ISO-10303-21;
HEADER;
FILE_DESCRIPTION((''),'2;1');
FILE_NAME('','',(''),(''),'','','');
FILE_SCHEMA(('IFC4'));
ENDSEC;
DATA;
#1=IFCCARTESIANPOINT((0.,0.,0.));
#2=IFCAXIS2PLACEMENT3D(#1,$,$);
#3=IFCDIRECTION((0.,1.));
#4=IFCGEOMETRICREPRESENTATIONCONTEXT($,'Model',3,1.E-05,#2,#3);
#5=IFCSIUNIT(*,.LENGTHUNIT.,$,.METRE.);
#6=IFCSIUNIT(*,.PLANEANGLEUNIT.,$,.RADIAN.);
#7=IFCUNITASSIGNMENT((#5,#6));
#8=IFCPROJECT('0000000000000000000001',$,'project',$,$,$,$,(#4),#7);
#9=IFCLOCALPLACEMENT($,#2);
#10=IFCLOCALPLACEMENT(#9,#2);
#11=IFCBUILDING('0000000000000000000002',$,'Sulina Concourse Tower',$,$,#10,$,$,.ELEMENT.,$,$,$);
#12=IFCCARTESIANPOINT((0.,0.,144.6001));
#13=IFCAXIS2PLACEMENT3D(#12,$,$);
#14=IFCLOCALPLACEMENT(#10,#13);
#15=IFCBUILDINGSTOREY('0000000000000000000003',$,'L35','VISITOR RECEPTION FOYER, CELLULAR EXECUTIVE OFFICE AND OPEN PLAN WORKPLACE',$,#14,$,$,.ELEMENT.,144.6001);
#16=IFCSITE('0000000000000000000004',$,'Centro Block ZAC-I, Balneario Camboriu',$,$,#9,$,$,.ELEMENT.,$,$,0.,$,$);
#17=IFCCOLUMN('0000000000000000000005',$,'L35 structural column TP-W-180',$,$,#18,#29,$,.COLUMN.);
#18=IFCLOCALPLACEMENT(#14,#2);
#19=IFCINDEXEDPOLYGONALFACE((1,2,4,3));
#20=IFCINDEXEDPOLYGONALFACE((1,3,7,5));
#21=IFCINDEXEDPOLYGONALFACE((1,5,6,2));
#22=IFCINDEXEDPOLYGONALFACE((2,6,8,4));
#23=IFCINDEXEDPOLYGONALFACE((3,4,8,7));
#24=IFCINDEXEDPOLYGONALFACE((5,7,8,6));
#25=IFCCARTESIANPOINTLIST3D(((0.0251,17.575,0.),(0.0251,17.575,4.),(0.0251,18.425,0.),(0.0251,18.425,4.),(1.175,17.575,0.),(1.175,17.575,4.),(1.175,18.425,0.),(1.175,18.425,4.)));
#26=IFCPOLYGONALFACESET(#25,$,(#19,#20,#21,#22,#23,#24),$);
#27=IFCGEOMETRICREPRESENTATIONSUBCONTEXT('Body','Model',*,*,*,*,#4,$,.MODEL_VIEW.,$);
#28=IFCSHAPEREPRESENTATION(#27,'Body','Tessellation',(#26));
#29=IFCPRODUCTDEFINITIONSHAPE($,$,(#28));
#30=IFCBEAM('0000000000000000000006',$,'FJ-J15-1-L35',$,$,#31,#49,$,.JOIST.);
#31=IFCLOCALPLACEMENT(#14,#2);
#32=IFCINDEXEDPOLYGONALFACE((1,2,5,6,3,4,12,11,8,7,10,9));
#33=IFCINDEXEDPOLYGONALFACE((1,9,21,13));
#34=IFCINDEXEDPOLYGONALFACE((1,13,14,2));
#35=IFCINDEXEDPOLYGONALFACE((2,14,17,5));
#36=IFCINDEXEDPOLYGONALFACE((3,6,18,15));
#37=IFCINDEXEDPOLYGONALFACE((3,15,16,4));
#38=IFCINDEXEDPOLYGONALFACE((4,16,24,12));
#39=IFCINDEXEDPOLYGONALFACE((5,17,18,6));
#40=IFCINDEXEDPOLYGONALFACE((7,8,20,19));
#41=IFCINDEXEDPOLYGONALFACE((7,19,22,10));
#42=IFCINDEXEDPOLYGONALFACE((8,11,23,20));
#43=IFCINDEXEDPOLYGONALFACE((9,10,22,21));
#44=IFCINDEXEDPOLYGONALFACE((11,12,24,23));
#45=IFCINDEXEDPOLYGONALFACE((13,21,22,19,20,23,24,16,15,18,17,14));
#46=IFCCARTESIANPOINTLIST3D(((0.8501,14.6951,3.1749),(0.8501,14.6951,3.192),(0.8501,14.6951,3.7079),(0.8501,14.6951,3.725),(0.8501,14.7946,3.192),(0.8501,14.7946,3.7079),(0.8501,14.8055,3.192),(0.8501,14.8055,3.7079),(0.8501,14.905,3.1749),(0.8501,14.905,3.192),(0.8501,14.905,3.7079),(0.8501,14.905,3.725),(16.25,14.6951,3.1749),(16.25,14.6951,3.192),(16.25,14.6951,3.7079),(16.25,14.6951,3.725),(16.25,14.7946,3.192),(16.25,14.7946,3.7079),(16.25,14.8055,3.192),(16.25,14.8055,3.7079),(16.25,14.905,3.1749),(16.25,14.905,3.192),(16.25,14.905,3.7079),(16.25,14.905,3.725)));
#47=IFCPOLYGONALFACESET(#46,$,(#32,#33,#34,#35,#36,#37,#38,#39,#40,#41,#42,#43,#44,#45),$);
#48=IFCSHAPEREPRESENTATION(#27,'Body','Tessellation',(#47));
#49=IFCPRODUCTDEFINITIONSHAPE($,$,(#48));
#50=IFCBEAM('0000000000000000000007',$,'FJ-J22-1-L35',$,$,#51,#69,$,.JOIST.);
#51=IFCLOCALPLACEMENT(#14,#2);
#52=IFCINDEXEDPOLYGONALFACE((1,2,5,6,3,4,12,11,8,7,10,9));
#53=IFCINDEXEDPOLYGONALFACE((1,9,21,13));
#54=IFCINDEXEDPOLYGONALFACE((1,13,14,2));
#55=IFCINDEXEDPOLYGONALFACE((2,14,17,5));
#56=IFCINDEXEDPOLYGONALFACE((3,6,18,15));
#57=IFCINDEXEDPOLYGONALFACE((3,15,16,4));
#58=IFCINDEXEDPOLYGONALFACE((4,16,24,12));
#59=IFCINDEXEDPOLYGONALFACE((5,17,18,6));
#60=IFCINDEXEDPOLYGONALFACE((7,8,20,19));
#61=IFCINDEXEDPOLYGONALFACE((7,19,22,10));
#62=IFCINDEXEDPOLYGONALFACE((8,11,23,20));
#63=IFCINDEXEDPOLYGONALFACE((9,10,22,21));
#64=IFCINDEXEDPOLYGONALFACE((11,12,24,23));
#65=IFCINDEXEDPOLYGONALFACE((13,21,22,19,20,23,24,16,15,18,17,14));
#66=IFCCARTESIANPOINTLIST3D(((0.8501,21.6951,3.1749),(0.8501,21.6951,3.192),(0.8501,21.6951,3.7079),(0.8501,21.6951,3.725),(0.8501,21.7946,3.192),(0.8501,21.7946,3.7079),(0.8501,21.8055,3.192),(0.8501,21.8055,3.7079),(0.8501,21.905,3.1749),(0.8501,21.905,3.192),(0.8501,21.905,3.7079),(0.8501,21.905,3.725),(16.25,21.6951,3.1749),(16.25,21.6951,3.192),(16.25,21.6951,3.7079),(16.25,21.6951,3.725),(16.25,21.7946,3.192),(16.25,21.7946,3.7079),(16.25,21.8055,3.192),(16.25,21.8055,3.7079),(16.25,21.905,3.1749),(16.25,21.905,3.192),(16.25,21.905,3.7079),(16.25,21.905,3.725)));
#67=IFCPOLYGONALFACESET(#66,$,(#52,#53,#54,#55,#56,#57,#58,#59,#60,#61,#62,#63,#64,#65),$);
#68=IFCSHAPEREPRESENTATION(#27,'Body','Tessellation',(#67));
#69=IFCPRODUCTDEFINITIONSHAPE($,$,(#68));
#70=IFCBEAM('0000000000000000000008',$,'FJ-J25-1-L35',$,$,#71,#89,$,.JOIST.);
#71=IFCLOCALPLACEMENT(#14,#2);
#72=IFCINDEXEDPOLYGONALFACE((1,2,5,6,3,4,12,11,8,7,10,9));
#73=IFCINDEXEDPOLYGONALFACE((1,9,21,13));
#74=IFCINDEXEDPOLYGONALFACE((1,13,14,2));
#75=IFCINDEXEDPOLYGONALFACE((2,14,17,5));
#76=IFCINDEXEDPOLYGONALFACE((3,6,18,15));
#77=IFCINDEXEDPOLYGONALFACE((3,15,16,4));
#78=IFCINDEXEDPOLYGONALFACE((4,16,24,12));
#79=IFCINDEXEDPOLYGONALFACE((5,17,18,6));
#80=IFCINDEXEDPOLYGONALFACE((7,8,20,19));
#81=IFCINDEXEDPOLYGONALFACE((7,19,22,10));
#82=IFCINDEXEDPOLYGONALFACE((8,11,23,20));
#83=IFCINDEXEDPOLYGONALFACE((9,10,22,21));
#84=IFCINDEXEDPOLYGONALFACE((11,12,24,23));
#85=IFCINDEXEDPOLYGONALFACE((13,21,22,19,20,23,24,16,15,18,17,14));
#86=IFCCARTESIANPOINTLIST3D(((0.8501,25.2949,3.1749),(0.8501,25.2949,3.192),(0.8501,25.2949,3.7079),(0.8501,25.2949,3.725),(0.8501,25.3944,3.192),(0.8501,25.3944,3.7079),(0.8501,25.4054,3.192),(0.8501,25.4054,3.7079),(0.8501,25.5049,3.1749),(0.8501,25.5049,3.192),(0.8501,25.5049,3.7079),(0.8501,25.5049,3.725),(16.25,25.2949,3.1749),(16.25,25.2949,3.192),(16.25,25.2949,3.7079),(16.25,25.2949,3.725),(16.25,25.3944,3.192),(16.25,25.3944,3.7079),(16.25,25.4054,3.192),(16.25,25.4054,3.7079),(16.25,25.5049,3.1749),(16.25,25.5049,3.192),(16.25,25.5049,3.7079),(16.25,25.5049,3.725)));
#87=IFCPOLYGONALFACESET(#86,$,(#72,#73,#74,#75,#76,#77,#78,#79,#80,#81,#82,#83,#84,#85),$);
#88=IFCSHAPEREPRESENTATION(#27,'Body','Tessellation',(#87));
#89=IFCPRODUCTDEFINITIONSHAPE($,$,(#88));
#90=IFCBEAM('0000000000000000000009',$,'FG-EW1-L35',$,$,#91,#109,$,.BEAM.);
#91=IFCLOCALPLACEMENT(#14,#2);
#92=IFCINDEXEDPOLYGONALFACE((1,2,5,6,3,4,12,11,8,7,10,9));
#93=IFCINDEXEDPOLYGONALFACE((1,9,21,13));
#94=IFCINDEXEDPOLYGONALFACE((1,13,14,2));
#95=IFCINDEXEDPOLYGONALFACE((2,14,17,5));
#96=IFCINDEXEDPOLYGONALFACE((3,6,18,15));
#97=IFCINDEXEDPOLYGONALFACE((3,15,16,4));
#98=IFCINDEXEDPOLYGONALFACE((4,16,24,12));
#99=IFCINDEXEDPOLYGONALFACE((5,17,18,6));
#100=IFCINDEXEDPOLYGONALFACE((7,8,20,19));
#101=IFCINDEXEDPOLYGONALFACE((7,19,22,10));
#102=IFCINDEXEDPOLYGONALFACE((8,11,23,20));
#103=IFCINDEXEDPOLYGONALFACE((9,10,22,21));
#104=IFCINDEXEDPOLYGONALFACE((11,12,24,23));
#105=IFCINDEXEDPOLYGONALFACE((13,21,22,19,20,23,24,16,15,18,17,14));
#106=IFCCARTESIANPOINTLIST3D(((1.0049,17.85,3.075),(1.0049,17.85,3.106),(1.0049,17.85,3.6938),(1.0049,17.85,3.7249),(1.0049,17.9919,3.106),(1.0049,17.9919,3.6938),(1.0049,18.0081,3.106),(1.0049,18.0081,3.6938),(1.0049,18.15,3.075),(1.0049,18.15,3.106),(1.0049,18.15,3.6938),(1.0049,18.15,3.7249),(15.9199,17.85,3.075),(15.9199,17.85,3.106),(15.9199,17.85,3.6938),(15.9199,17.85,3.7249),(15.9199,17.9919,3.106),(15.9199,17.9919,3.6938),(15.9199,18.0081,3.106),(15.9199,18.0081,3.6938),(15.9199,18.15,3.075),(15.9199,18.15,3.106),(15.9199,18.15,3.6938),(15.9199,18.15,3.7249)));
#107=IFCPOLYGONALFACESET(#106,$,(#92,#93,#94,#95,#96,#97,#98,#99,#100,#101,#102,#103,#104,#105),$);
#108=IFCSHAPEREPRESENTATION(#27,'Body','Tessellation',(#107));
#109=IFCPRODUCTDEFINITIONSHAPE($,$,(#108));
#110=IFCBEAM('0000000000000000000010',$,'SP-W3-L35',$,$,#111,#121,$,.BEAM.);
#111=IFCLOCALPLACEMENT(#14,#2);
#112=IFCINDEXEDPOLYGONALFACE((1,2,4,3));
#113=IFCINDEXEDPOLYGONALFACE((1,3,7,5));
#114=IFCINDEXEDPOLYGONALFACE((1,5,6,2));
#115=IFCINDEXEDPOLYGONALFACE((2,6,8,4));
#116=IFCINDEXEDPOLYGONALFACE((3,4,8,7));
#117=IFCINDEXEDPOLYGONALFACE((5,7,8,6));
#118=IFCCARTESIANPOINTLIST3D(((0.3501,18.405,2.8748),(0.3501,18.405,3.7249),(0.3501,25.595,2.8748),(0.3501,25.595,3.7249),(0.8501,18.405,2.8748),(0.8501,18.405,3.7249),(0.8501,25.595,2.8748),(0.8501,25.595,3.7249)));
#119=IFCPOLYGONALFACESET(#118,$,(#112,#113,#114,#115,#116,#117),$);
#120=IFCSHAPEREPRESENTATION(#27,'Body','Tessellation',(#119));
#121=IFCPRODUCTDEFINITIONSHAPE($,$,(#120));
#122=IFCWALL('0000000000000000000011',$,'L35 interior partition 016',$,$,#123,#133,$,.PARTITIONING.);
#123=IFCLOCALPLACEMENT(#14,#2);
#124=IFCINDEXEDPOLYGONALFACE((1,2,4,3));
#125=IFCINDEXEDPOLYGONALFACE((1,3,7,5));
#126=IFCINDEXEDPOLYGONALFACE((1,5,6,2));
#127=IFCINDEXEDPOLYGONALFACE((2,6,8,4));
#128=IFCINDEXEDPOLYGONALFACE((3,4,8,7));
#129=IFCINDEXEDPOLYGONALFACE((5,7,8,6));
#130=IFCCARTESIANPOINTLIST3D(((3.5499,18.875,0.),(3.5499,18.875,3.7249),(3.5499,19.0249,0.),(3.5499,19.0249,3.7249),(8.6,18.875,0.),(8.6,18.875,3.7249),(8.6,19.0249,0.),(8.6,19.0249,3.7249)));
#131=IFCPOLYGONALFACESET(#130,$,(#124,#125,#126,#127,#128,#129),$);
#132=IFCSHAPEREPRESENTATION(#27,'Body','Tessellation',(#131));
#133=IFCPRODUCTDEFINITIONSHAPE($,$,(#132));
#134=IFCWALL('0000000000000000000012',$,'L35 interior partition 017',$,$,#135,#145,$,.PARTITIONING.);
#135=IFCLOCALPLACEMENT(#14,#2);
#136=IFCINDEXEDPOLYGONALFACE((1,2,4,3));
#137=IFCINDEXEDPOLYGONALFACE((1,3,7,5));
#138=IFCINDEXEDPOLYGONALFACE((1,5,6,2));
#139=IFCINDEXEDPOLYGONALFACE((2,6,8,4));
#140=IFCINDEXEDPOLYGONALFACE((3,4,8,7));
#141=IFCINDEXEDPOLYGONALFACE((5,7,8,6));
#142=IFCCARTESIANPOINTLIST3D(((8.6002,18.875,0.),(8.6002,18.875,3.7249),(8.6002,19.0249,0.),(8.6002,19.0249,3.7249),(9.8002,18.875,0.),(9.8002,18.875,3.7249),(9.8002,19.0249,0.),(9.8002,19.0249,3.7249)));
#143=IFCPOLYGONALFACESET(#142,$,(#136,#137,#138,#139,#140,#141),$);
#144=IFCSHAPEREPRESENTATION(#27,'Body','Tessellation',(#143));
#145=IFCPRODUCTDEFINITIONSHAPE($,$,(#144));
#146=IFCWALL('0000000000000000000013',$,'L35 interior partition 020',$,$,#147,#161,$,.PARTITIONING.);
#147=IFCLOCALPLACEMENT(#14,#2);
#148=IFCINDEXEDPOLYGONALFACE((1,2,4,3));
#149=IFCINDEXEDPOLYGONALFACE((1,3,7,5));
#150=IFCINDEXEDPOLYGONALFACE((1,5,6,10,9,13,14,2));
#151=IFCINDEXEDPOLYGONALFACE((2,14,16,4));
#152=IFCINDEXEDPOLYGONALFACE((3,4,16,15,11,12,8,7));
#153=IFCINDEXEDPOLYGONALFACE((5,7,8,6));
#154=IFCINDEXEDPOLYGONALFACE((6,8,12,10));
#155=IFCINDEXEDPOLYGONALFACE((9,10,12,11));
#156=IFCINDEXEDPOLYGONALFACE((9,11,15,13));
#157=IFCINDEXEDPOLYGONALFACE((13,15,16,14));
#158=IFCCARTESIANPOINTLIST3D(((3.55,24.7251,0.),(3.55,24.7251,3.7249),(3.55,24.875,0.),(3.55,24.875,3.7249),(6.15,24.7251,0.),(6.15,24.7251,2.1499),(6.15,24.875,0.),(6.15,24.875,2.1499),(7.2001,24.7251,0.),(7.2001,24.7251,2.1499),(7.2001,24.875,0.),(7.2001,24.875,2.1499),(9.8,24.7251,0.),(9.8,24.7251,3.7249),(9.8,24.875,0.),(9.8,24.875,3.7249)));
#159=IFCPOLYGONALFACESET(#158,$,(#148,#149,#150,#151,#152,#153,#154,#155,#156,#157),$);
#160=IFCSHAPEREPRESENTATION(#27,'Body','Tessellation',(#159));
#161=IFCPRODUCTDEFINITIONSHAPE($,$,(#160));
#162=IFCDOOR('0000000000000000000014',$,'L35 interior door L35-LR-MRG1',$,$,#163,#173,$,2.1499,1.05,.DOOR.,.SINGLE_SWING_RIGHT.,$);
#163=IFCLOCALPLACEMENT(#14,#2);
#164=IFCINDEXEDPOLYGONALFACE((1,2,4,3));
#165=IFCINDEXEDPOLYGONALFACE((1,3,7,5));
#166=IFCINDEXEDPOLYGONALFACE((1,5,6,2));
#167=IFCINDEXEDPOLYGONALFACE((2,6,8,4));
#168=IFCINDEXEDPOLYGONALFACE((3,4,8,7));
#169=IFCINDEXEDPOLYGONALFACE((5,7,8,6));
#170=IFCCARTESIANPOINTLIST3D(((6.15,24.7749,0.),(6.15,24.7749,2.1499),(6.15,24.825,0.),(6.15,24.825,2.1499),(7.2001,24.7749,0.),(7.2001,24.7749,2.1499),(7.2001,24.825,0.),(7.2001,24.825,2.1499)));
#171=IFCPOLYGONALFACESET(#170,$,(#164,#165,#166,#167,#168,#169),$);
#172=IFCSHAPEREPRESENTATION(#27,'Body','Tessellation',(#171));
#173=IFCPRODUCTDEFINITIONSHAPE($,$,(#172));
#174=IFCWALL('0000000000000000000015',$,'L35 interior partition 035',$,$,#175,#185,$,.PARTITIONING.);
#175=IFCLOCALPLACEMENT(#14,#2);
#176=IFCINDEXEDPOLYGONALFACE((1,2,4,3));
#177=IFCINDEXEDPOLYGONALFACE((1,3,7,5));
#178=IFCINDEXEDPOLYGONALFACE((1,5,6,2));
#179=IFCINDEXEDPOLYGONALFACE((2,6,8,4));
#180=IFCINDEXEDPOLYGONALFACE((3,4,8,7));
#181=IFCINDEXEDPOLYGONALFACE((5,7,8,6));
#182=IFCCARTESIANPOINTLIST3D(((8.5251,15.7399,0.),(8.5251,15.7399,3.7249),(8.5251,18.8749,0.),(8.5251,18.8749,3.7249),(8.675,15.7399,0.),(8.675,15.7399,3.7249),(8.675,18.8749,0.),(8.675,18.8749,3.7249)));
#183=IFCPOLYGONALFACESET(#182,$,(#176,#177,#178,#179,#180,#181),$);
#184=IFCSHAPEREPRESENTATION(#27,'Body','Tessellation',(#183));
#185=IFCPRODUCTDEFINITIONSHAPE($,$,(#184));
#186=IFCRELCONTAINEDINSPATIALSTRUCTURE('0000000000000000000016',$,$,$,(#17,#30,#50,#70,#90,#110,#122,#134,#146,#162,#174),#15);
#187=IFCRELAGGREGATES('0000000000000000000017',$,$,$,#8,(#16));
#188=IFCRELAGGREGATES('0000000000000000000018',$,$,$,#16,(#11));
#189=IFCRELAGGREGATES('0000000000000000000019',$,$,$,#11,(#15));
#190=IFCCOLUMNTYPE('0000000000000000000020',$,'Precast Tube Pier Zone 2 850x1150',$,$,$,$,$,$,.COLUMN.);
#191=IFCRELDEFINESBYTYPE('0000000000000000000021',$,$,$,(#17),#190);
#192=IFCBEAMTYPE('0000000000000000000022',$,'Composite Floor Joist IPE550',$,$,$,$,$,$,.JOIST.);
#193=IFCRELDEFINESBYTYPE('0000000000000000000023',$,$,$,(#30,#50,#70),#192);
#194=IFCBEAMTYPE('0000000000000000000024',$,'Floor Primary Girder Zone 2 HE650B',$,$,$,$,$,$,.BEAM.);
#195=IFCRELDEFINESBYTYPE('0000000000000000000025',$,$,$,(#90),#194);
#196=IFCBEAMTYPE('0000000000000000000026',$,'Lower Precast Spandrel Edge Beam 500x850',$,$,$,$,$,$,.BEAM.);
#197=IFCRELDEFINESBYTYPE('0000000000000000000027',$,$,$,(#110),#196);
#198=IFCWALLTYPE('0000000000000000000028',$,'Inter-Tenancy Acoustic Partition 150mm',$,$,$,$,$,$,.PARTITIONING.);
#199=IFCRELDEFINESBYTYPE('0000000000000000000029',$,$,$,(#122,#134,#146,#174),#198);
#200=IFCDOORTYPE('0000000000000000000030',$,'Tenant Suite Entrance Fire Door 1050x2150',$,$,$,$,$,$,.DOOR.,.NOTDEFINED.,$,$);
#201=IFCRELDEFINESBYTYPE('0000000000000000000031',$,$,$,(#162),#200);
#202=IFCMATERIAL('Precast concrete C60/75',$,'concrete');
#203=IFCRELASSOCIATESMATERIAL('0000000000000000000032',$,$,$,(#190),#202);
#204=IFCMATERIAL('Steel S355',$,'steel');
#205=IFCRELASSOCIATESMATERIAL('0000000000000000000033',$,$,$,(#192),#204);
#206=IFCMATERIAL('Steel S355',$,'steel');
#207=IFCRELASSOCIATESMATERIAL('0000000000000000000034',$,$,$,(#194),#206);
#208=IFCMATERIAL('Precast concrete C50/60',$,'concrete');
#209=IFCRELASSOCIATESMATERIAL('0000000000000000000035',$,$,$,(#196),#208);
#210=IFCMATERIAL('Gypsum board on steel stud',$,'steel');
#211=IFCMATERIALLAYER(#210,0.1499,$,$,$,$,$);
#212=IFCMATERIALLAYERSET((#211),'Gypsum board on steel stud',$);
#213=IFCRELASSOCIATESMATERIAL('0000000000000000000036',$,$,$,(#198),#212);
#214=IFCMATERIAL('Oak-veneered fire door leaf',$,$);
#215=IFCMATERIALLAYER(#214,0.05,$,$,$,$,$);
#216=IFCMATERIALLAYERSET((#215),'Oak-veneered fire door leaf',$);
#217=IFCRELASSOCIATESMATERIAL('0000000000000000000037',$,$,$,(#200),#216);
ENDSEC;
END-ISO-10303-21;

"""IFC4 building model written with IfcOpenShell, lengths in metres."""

from ifc_helpers import new_model, si_unit, direction, frame, frame_2d, origin, origin_2d, place, context, subcontext, project, spatial, rectangle, i_section, extrude, material, layer, layer_set, material_profile, profile_set, type_object, element, fill, save


model = new_model("IFC4")

# Units and contexts
model_context = context("Model", 3, precision=1e-05, world=origin(), true_north=direction((0.0, 1.0)))
body_context = subcontext(model_context, "Body", "Model", "MODEL_VIEW")
ifc_project = project(units=[si_unit("LENGTHUNIT", "METRE"), si_unit("PLANEANGLEUNIT", "RADIAN")], contexts=[model_context])

# Site, building, storey
site_placement = place(None, origin())
site = spatial("IfcSite", under=ifc_project, at=site_placement, Name="Centro Block ZAC-I, Balneario Camboriu", CompositionType="ELEMENT", RefElevation=0.0)
building_placement = place(site_placement, origin())
building = spatial("IfcBuilding", under=site, at=building_placement, Name="Sulina Concourse Tower", CompositionType="ELEMENT")
storey_placement = place(building_placement, frame((0.0, 0.0, 144.6001)))
storey = spatial("IfcBuildingStorey", under=building, at=storey_placement, Name="L35", Description="VISITOR RECEPTION FOYER, CELLULAR EXECUTIVE OFFICE AND OPEN PLAN WORKPLACE", CompositionType="ELEMENT", Elevation=144.6001)

# Column
ifc_material_1 = material(Name="Precast concrete C60/75", Category="concrete")
ifc_material_profile_1 = material_profile(ifc_material_1, rectangle(XDim=0.8501, YDim=1.1499, at=origin_2d()), Name="PC 850x1150")
ifc_profile_set_1 = profile_set([ifc_material_profile_1], Name="Precast concrete C60/75")
column_type = type_object("IfcColumnType", Name="Precast Tube Pier Zone 2 850x1150", PredefinedType="COLUMN", material=ifc_profile_set_1)
column_placement = place(storey_placement, frame((0.6001, 18.0, 0.0), z_axis=(0.0, 0.0, 1.0), x_axis=(0.0, 1.0, 0.0)))
element("IfcColumn", 1, at=column_placement, inside=storey, type_object=column_type, Name="L35 structural column TP-W-180", PredefinedType="COLUMN", context=body_context, shape_type="SweptSolid", body=[
    extrude(rectangle(XDim=0.8501, YDim=1.1499, at=origin_2d()), origin(), (0.0, 0.0, 1.0), 4.0),
])

# Beams
ifc_material_2 = material(Name="Steel S355", Category="steel")
ifc_material_profile_2 = material_profile(ifc_material_2, i_section(OverallWidth=0.21, OverallDepth=0.55, WebThickness=0.011, FlangeThickness=0.0171, at=origin_2d()), Name="IPE 550")
ifc_profile_set_2 = profile_set([ifc_material_profile_2], Name="Steel S355")
beam_type_1 = type_object("IfcBeamType", Name="Composite Floor Joist IPE550", PredefinedType="JOIST", material=ifc_profile_set_2)
for number, where, z_axis, x_axis, name in (
    (2, (0.8501, 14.8, 3.45), (1.0, 0.0, 0.0), (0.0, 1.0, 0.0), "FJ-J15-1-L35"),
    (3, (0.8501, 21.8, 3.45), (1.0, 0.0, 0.0), (0.0, 1.0, 0.0), "FJ-J22-1-L35"),
    (4, (0.8501, 25.3999, 3.45), (1.0, 0.0, 0.0), (0.0, 1.0, 0.0), "FJ-J25-1-L35"),
):
    element("IfcBeam", number, at=place(storey_placement, frame(where, z_axis=z_axis, x_axis=x_axis)), inside=storey, type_object=beam_type_1, Name=name, PredefinedType="JOIST", context=body_context, shape_type="SweptSolid", body=[
        extrude(i_section(OverallWidth=0.21, OverallDepth=0.55, WebThickness=0.011, FlangeThickness=0.0171, at=origin_2d()), origin(), (0.0, 0.0, 1.0), 15.3999),
    ])
ifc_material_3 = material(Name="Steel S355", Category="steel")
ifc_material_profile_3 = material_profile(ifc_material_3, i_section(OverallWidth=0.3, OverallDepth=0.6499, WebThickness=0.0161, FlangeThickness=0.031, at=origin_2d()), Name="HE 650 B")
ifc_profile_set_3 = profile_set([ifc_material_profile_3], Name="Steel S355")
beam_type_2 = type_object("IfcBeamType", Name="Floor Primary Girder Zone 2 HE650B", PredefinedType="BEAM", material=ifc_profile_set_3)
beam_1_placement = place(storey_placement, frame((1.0049, 18.0, 3.3999), z_axis=(1.0, 0.0, 0.0), x_axis=(0.0, 1.0, 0.0)))
element("IfcBeam", 5, at=beam_1_placement, inside=storey, type_object=beam_type_2, Name="FG-EW1-L35", PredefinedType="BEAM", context=body_context, shape_type="SweptSolid", body=[
    extrude(i_section(OverallWidth=0.3, OverallDepth=0.6499, WebThickness=0.0161, FlangeThickness=0.031, at=origin_2d()), origin(), (0.0, 0.0, 1.0), 14.915),
])
ifc_material_4 = material(Name="Precast concrete C50/60", Category="concrete")
ifc_material_profile_4 = material_profile(ifc_material_4, rectangle(XDim=0.5, YDim=0.8501, at=origin_2d()), Name="RC 500x850")
ifc_profile_set_4 = profile_set([ifc_material_profile_4], Name="Precast concrete C50/60")
beam_type_3 = type_object("IfcBeamType", Name="Lower Precast Spandrel Edge Beam 500x850", PredefinedType="BEAM", material=ifc_profile_set_4)
beam_2_placement = place(storey_placement, frame((0.6001, 18.405, 3.2998), z_axis=(0.0, 1.0, 0.0), x_axis=(-1.0, 0.0, 0.0)))
element("IfcBeam", 6, at=beam_2_placement, inside=storey, type_object=beam_type_3, Name="SP-W3-L35", PredefinedType="BEAM", context=body_context, shape_type="SweptSolid", body=[
    extrude(rectangle(XDim=0.5, YDim=0.8501, at=origin_2d()), origin(), (0.0, 0.0, 1.0), 7.1899),
])

# Walls
ifc_material_5 = material(Name="Gypsum board on steel stud", Category="steel")
ifc_layer_1 = layer(ifc_material_5, 0.1499)
ifc_layer_set_1 = layer_set([ifc_layer_1], Name="Gypsum board on steel stud")
wall_type_1 = type_object("IfcWallType", Name="Inter-Tenancy Acoustic Partition 150mm", PredefinedType="PARTITIONING", material=ifc_layer_set_1)
wall_1_placement = place(storey_placement, frame((3.55, 18.95, 0.0), z_axis=(0.0, 0.0, 1.0), x_axis=(1.0, 0.0, 0.0)))
element("IfcWall", 7, at=wall_1_placement, inside=storey, type_object=wall_type_1, Name="L35 interior partition 016", PredefinedType="PARTITIONING", context=body_context, shape_type="SweptSolid", body=[
    extrude(rectangle(XDim=5.05, YDim=0.1499, at=frame_2d((2.5249, 0.0))), origin(), (0.0, 0.0, 1.0), 3.7249),
])
wall_2_placement = place(storey_placement, frame((8.6001, 18.95, 0.0), z_axis=(0.0, 0.0, 1.0), x_axis=(1.0, 0.0, 0.0)))
element("IfcWall", 8, at=wall_2_placement, inside=storey, type_object=wall_type_1, Name="L35 interior partition 017", PredefinedType="PARTITIONING", context=body_context, shape_type="SweptSolid", body=[
    extrude(rectangle(XDim=1.2, YDim=0.1499, at=frame_2d((0.6001, 0.0))), origin(), (0.0, 0.0, 1.0), 3.7249),
])

# Wall, opening, door
wall_3_placement = place(storey_placement, frame((3.55, 24.8, 0.0), z_axis=(0.0, 0.0, 1.0), x_axis=(1.0, 0.0, 0.0)))
wall_3 = element("IfcWall", 9, at=wall_3_placement, inside=storey, type_object=wall_type_1, Name="L35 interior partition 020", PredefinedType="PARTITIONING", context=body_context, shape_type="SweptSolid", body=[
    extrude(rectangle(XDim=6.25, YDim=0.1499, at=frame_2d((3.125, 0.0))), origin(), (0.0, 0.0, 1.0), 3.7249),
])
opening_1_placement = place(wall_3_placement, frame((2.6001, 0.0, 0.0)))
opening_1 = element("IfcOpeningElement", 10, at=opening_1_placement, cuts=wall_3, PredefinedType="OPENING", context=body_context, shape_type="SweptSolid", body=[
    extrude(rectangle(XDim=1.05, YDim=2.1499, at=frame_2d((0.5249, 1.075))), frame((0.0, 0.085, 0.0), z_axis=(0.0, -1.0, 0.0), x_axis=(1.0, 0.0, 0.0)), (0.0, 0.0, 1.0), 0.1699),
])
ifc_material_6 = material(Name="Oak-veneered fire door leaf")
ifc_layer_2 = layer(ifc_material_6, 0.05)
ifc_layer_set_2 = layer_set([ifc_layer_2], Name="Oak-veneered fire door leaf")
door_type_1 = type_object("IfcDoorType", Name="Tenant Suite Entrance Fire Door 1050x2150", OperationType="NOTDEFINED", PredefinedType="DOOR", material=ifc_layer_set_2)
door_1_placement = place(opening_1_placement, origin())
door_1 = element("IfcDoor", 11, at=door_1_placement, inside=storey, type_object=door_type_1, Name="L35 interior door L35-LR-MRG1", OperationType="SINGLE_SWING_RIGHT", OverallHeight=2.1499, OverallWidth=1.05, PredefinedType="DOOR", context=body_context, shape_type="SweptSolid", body=[
    extrude(rectangle(XDim=1.05, YDim=2.1499, at=frame_2d((0.5249, 1.075))), frame((0.0, 0.0249, 0.0), z_axis=(0.0, -1.0, 0.0), x_axis=(1.0, 0.0, 0.0)), (0.0, 0.0, 1.0), 0.05),
])
fill(opening_1, door_1)

# Wall
wall_4_placement = place(storey_placement, frame((8.6001, 15.74, 0.0), z_axis=(0.0, 0.0, 1.0), x_axis=(0.0, 1.0, 0.0)))
element("IfcWall", 12, at=wall_4_placement, inside=storey, type_object=wall_type_1, Name="L35 interior partition 035", PredefinedType="PARTITIONING", context=body_context, shape_type="SweptSolid", body=[
    extrude(rectangle(XDim=3.135, YDim=0.1499, at=frame_2d((1.5674, 0.0))), origin(), (0.0, 0.0, 1.0), 3.7249),
])

save(model, "model.ifc")
